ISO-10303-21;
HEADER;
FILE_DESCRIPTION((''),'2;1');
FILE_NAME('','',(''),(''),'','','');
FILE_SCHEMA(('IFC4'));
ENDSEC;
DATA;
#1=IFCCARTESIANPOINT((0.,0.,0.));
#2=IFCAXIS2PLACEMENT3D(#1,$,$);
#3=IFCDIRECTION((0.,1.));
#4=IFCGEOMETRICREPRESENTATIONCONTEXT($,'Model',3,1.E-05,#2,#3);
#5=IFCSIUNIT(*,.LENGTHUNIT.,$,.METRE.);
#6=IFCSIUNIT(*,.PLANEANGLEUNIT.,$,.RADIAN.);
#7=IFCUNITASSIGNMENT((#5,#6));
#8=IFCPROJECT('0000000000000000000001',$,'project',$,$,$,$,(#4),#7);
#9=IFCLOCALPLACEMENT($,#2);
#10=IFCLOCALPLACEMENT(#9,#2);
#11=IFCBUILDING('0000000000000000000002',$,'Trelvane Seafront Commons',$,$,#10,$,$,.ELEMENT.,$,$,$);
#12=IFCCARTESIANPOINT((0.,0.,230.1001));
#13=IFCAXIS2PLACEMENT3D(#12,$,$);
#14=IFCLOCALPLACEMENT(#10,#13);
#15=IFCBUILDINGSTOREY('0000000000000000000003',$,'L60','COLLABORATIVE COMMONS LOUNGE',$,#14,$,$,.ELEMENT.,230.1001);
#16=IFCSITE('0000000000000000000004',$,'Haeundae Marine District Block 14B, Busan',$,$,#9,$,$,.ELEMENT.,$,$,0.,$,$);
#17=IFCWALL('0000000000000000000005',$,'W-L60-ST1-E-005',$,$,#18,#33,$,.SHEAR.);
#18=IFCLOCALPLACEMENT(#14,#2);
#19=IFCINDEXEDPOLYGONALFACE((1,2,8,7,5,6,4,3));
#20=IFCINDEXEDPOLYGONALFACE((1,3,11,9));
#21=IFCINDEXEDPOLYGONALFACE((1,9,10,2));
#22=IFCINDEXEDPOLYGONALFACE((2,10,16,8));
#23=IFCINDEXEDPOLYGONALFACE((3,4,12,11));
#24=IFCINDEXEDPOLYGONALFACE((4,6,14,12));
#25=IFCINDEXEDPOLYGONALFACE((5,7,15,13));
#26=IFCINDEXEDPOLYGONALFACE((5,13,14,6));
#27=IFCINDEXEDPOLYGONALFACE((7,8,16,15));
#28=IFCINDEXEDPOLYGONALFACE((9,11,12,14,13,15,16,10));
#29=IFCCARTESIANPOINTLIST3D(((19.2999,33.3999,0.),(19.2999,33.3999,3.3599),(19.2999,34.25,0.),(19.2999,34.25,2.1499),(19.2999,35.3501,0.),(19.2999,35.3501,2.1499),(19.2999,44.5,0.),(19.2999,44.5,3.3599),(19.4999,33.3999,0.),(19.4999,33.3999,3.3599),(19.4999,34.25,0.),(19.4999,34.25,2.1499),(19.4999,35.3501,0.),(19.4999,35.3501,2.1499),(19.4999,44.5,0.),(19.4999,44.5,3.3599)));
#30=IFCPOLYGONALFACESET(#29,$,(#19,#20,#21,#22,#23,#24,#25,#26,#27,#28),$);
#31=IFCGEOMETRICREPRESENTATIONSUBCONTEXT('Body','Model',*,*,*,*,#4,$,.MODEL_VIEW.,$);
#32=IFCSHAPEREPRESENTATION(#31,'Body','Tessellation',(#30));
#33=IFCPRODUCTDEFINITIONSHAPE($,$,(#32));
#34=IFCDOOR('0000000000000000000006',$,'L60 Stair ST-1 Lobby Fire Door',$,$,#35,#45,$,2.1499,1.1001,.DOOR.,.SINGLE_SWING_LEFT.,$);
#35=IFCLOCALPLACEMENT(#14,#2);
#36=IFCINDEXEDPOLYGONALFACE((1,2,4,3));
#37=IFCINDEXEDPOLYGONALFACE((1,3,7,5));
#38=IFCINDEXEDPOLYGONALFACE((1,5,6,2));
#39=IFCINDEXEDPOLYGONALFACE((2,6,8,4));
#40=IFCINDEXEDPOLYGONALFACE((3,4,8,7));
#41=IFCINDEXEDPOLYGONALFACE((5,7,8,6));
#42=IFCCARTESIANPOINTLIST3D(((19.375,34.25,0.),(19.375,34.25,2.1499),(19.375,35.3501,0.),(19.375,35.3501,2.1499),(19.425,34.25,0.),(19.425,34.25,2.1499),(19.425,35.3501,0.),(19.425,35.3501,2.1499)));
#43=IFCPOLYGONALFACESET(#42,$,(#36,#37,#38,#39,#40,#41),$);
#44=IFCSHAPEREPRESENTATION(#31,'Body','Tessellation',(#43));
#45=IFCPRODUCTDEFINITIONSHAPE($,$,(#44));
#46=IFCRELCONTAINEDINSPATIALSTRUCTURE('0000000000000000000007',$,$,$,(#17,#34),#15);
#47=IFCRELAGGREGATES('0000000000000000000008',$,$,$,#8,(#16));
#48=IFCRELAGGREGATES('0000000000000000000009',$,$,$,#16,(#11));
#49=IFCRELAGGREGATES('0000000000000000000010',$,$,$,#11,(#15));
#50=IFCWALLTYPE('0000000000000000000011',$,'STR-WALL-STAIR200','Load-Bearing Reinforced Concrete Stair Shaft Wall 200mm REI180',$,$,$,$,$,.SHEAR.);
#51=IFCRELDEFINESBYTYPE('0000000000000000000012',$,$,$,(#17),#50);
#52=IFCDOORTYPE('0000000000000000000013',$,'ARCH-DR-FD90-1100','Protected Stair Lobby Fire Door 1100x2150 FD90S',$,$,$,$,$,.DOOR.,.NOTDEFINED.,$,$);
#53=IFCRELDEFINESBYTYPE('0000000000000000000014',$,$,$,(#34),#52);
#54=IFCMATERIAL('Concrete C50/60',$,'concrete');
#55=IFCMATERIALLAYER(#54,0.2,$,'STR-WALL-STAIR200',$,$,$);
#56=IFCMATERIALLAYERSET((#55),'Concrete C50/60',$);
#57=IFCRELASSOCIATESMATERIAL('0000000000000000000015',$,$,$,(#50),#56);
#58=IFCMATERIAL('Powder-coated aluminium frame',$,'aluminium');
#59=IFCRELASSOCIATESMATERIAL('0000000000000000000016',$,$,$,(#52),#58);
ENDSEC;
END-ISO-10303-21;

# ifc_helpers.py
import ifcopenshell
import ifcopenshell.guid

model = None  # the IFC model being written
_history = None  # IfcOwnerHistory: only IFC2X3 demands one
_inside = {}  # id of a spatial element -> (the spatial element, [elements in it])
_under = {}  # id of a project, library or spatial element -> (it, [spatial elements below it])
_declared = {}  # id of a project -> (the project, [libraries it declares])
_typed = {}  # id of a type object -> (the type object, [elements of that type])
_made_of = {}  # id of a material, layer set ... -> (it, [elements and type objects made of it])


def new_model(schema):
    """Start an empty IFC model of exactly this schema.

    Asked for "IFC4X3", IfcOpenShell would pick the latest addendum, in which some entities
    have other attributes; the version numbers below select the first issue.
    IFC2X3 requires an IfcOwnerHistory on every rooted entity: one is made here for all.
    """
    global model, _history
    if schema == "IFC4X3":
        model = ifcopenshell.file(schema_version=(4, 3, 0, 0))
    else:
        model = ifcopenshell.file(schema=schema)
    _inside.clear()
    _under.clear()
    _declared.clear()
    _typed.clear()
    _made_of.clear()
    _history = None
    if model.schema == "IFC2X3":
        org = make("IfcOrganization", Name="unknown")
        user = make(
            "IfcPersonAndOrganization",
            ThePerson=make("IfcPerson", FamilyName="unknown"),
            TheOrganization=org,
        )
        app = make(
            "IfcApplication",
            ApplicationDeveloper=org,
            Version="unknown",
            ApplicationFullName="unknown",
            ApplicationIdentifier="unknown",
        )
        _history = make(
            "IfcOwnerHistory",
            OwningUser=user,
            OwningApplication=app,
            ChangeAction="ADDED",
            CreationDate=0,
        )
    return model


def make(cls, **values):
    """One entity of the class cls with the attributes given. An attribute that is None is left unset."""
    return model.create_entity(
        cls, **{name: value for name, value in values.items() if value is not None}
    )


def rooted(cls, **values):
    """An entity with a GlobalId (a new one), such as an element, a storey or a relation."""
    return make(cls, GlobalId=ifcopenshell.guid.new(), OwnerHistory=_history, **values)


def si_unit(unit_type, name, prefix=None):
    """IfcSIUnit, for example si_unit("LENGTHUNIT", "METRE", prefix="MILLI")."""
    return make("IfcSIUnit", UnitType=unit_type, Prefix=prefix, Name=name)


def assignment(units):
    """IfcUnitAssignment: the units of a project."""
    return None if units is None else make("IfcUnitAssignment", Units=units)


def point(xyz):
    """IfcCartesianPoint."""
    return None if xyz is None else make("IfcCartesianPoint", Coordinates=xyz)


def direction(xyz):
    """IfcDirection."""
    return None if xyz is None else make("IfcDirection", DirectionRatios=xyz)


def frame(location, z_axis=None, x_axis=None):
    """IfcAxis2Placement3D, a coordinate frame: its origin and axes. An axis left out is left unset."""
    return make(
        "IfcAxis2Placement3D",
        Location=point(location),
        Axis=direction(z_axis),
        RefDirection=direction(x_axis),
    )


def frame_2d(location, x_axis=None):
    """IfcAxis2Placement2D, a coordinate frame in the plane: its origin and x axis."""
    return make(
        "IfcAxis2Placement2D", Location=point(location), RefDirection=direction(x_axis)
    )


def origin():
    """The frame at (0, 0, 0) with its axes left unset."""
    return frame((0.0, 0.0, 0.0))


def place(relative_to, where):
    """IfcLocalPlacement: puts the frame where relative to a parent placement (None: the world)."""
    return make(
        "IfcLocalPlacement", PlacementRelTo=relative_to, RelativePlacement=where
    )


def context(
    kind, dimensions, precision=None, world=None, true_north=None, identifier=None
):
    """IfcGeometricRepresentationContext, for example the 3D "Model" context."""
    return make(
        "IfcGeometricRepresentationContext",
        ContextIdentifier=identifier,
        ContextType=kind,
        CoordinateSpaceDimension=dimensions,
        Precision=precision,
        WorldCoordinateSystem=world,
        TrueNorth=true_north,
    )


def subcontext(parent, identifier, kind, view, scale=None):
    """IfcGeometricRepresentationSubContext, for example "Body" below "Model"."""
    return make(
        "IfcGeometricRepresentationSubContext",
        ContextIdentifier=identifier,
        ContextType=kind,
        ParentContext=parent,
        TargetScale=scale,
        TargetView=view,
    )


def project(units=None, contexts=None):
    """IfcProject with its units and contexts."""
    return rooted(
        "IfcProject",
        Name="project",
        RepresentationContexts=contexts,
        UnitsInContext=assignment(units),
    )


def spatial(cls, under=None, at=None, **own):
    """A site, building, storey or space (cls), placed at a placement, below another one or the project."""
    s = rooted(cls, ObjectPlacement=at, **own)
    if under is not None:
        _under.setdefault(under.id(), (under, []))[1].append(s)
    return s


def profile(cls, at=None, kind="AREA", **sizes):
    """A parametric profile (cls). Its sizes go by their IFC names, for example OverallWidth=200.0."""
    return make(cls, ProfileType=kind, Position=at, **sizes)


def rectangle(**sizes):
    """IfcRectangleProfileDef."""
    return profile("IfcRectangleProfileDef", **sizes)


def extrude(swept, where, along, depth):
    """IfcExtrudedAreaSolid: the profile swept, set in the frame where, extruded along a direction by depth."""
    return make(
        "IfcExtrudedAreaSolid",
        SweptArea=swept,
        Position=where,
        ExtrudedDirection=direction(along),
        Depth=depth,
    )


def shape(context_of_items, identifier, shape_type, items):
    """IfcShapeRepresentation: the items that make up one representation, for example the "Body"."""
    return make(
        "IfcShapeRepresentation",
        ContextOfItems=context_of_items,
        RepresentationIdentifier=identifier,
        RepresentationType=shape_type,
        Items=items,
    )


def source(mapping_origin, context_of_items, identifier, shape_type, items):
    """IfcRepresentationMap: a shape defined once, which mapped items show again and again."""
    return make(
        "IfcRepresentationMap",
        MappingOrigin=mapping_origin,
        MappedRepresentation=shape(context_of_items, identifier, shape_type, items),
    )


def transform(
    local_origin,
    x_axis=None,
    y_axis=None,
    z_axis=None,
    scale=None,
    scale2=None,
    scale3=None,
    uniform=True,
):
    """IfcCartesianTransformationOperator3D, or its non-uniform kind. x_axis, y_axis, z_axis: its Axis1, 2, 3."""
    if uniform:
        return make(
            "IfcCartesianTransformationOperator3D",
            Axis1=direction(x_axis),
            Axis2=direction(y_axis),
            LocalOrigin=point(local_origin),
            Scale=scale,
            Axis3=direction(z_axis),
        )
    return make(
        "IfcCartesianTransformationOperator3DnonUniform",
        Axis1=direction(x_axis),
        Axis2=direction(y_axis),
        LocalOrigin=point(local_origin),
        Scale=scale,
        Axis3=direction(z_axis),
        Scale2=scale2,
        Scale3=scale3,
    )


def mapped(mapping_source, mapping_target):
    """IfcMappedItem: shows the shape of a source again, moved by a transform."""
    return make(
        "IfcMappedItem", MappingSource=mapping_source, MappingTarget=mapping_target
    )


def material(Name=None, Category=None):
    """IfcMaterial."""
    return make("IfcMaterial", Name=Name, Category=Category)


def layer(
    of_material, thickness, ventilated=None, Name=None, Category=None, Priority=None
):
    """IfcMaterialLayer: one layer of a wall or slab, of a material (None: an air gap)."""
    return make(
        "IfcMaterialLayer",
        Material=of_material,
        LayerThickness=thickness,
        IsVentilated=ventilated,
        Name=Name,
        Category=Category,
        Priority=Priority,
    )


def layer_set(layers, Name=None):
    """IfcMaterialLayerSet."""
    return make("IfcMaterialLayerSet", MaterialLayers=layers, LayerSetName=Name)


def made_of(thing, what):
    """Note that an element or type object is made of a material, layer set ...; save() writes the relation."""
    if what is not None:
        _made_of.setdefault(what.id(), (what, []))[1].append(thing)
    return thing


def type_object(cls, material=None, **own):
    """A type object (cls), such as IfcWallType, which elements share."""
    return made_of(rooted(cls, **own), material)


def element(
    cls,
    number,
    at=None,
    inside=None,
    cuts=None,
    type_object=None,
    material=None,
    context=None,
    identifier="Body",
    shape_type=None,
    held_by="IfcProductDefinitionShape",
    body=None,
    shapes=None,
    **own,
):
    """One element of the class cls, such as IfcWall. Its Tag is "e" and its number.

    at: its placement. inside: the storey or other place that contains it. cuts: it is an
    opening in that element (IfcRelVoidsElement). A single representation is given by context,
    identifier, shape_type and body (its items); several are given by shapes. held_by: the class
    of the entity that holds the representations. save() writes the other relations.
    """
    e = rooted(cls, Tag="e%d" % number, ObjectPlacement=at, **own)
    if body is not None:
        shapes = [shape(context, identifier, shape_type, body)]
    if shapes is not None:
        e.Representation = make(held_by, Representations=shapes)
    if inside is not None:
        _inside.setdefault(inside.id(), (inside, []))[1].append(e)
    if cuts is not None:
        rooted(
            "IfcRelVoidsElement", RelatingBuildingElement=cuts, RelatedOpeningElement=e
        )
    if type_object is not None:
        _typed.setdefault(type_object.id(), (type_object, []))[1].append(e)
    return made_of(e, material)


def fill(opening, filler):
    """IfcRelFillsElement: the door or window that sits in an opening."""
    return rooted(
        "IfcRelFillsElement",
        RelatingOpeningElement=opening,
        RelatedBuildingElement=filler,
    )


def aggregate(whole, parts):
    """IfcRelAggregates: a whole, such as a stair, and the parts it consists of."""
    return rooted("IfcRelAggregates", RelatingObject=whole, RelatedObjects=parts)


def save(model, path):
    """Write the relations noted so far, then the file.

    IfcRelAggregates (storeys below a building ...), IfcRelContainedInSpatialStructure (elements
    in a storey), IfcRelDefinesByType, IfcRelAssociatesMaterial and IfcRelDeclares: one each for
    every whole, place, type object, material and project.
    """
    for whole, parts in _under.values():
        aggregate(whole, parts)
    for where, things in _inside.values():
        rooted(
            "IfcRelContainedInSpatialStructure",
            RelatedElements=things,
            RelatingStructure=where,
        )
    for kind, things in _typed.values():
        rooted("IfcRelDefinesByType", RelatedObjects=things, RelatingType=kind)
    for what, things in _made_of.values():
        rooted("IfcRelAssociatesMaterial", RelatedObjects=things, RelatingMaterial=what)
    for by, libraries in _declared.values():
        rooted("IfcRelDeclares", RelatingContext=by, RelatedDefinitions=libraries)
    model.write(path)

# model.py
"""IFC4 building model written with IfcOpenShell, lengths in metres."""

from ifc_helpers import new_model, si_unit, direction, frame, frame_2d, origin, place, context, subcontext, project, spatial, rectangle, extrude, source, transform, mapped, material, layer, layer_set, type_object, element, fill, save


model = new_model("IFC4")

# Units and contexts
model_context = context("Model", 3, precision=1e-05, world=origin(), true_north=direction((0.0, 1.0)))
body_context = subcontext(model_context, "Body", "Model", "MODEL_VIEW")
ifc_project = project(units=[si_unit("LENGTHUNIT", "METRE"), si_unit("PLANEANGLEUNIT", "RADIAN")], contexts=[model_context])

# Site, building, storey
site_placement = place(None, origin())
site = spatial("IfcSite", under=ifc_project, at=site_placement, Name="Haeundae Marine District Block 14B, Busan", CompositionType="ELEMENT", RefElevation=0.0)
building_placement = place(site_placement, origin())
building = spatial("IfcBuilding", under=site, at=building_placement, Name="Trelvane Seafront Commons", CompositionType="ELEMENT")
storey_placement = place(building_placement, frame((0.0, 0.0, 230.1001)))
storey = spatial("IfcBuildingStorey", under=building, at=storey_placement, Name="L60", Description="COLLABORATIVE COMMONS LOUNGE", CompositionType="ELEMENT", Elevation=230.1001)

# Shared definitions
ifc_material_1 = material(Name="Concrete C50/60", Category="concrete")

# Shared definitions
ifc_material_2 = material(Name="Powder-coated aluminium frame", Category="aluminium")

# Wall, opening, door
ifc_layer_1 = layer(ifc_material_1, 0.2, Name="STR-WALL-STAIR200")
ifc_layer_set_1 = layer_set([ifc_layer_1], Name="Concrete C50/60")
wall_type_1 = type_object("IfcWallType", Name="STR-WALL-STAIR200", Description="Load-Bearing Reinforced Concrete Stair Shaft Wall 200mm REI180", PredefinedType="SHEAR", material=ifc_layer_set_1)
wall_1_placement = place(storey_placement, frame((19.3999, 33.3999, 0.0), z_axis=(0.0, 0.0, 1.0), x_axis=(0.0, 1.0, 0.0)))
wall_1 = element("IfcWall", 1, at=wall_1_placement, inside=storey, type_object=wall_type_1, Name="W-L60-ST1-E-005", PredefinedType="SHEAR", context=body_context, shape_type="SweptSolid", body=[
    extrude(rectangle(XDim=11.1001, YDim=0.2, at=frame_2d((5.55, 0.0))), origin(), (0.0, 0.0, 1.0), 3.3599),
])
opening_1_placement = place(wall_1_placement, frame((0.8501, 0.0, 0.0)))
opening_1 = element("IfcOpeningElement", 2, at=opening_1_placement, cuts=wall_1, PredefinedType="OPENING", context=body_context, shape_type="SweptSolid", body=[
    extrude(rectangle(XDim=1.1001, YDim=2.1499, at=frame_2d((0.55, 1.075))), frame((0.0, 0.1099, 0.0), z_axis=(0.0, -1.0, 0.0), x_axis=(1.0, 0.0, 0.0)), (0.0, 0.0, 1.0), 0.22),
])
door_type_1 = type_object("IfcDoorType", Name="ARCH-DR-FD90-1100", Description="Protected Stair Lobby Fire Door 1100x2150 FD90S", OperationType="NOTDEFINED", PredefinedType="DOOR", material=ifc_material_2)
shared_shape_1 = source(origin(), body_context, "Body", "SweptSolid", [
    extrude(rectangle(XDim=1.1001, YDim=2.1499, at=frame_2d((0.55, 1.075))), frame((0.0, 0.0249, 0.0), z_axis=(0.0, -1.0, 0.0), x_axis=(1.0, 0.0, 0.0)), (0.0, 0.0, 1.0), 0.05),
])
door_1_placement = place(opening_1_placement, origin())
door_1 = element("IfcDoor", 3, at=door_1_placement, inside=storey, type_object=door_type_1, Name="L60 Stair ST-1 Lobby Fire Door", OperationType="SINGLE_SWING_LEFT", OverallHeight=2.1499, OverallWidth=1.1001, PredefinedType="DOOR", context=body_context, shape_type="MappedRepresentation", body=[
    mapped(shared_shape_1, transform((0.0, 0.0, 0.0), x_axis=(1.0, 0.0, 0.0), y_axis=(0.0, 1.0, 0.0), z_axis=(0.0, 0.0, 1.0), scale=1.0)),
])
fill(opening_1, door_1)

save(model, "model.ifc")
